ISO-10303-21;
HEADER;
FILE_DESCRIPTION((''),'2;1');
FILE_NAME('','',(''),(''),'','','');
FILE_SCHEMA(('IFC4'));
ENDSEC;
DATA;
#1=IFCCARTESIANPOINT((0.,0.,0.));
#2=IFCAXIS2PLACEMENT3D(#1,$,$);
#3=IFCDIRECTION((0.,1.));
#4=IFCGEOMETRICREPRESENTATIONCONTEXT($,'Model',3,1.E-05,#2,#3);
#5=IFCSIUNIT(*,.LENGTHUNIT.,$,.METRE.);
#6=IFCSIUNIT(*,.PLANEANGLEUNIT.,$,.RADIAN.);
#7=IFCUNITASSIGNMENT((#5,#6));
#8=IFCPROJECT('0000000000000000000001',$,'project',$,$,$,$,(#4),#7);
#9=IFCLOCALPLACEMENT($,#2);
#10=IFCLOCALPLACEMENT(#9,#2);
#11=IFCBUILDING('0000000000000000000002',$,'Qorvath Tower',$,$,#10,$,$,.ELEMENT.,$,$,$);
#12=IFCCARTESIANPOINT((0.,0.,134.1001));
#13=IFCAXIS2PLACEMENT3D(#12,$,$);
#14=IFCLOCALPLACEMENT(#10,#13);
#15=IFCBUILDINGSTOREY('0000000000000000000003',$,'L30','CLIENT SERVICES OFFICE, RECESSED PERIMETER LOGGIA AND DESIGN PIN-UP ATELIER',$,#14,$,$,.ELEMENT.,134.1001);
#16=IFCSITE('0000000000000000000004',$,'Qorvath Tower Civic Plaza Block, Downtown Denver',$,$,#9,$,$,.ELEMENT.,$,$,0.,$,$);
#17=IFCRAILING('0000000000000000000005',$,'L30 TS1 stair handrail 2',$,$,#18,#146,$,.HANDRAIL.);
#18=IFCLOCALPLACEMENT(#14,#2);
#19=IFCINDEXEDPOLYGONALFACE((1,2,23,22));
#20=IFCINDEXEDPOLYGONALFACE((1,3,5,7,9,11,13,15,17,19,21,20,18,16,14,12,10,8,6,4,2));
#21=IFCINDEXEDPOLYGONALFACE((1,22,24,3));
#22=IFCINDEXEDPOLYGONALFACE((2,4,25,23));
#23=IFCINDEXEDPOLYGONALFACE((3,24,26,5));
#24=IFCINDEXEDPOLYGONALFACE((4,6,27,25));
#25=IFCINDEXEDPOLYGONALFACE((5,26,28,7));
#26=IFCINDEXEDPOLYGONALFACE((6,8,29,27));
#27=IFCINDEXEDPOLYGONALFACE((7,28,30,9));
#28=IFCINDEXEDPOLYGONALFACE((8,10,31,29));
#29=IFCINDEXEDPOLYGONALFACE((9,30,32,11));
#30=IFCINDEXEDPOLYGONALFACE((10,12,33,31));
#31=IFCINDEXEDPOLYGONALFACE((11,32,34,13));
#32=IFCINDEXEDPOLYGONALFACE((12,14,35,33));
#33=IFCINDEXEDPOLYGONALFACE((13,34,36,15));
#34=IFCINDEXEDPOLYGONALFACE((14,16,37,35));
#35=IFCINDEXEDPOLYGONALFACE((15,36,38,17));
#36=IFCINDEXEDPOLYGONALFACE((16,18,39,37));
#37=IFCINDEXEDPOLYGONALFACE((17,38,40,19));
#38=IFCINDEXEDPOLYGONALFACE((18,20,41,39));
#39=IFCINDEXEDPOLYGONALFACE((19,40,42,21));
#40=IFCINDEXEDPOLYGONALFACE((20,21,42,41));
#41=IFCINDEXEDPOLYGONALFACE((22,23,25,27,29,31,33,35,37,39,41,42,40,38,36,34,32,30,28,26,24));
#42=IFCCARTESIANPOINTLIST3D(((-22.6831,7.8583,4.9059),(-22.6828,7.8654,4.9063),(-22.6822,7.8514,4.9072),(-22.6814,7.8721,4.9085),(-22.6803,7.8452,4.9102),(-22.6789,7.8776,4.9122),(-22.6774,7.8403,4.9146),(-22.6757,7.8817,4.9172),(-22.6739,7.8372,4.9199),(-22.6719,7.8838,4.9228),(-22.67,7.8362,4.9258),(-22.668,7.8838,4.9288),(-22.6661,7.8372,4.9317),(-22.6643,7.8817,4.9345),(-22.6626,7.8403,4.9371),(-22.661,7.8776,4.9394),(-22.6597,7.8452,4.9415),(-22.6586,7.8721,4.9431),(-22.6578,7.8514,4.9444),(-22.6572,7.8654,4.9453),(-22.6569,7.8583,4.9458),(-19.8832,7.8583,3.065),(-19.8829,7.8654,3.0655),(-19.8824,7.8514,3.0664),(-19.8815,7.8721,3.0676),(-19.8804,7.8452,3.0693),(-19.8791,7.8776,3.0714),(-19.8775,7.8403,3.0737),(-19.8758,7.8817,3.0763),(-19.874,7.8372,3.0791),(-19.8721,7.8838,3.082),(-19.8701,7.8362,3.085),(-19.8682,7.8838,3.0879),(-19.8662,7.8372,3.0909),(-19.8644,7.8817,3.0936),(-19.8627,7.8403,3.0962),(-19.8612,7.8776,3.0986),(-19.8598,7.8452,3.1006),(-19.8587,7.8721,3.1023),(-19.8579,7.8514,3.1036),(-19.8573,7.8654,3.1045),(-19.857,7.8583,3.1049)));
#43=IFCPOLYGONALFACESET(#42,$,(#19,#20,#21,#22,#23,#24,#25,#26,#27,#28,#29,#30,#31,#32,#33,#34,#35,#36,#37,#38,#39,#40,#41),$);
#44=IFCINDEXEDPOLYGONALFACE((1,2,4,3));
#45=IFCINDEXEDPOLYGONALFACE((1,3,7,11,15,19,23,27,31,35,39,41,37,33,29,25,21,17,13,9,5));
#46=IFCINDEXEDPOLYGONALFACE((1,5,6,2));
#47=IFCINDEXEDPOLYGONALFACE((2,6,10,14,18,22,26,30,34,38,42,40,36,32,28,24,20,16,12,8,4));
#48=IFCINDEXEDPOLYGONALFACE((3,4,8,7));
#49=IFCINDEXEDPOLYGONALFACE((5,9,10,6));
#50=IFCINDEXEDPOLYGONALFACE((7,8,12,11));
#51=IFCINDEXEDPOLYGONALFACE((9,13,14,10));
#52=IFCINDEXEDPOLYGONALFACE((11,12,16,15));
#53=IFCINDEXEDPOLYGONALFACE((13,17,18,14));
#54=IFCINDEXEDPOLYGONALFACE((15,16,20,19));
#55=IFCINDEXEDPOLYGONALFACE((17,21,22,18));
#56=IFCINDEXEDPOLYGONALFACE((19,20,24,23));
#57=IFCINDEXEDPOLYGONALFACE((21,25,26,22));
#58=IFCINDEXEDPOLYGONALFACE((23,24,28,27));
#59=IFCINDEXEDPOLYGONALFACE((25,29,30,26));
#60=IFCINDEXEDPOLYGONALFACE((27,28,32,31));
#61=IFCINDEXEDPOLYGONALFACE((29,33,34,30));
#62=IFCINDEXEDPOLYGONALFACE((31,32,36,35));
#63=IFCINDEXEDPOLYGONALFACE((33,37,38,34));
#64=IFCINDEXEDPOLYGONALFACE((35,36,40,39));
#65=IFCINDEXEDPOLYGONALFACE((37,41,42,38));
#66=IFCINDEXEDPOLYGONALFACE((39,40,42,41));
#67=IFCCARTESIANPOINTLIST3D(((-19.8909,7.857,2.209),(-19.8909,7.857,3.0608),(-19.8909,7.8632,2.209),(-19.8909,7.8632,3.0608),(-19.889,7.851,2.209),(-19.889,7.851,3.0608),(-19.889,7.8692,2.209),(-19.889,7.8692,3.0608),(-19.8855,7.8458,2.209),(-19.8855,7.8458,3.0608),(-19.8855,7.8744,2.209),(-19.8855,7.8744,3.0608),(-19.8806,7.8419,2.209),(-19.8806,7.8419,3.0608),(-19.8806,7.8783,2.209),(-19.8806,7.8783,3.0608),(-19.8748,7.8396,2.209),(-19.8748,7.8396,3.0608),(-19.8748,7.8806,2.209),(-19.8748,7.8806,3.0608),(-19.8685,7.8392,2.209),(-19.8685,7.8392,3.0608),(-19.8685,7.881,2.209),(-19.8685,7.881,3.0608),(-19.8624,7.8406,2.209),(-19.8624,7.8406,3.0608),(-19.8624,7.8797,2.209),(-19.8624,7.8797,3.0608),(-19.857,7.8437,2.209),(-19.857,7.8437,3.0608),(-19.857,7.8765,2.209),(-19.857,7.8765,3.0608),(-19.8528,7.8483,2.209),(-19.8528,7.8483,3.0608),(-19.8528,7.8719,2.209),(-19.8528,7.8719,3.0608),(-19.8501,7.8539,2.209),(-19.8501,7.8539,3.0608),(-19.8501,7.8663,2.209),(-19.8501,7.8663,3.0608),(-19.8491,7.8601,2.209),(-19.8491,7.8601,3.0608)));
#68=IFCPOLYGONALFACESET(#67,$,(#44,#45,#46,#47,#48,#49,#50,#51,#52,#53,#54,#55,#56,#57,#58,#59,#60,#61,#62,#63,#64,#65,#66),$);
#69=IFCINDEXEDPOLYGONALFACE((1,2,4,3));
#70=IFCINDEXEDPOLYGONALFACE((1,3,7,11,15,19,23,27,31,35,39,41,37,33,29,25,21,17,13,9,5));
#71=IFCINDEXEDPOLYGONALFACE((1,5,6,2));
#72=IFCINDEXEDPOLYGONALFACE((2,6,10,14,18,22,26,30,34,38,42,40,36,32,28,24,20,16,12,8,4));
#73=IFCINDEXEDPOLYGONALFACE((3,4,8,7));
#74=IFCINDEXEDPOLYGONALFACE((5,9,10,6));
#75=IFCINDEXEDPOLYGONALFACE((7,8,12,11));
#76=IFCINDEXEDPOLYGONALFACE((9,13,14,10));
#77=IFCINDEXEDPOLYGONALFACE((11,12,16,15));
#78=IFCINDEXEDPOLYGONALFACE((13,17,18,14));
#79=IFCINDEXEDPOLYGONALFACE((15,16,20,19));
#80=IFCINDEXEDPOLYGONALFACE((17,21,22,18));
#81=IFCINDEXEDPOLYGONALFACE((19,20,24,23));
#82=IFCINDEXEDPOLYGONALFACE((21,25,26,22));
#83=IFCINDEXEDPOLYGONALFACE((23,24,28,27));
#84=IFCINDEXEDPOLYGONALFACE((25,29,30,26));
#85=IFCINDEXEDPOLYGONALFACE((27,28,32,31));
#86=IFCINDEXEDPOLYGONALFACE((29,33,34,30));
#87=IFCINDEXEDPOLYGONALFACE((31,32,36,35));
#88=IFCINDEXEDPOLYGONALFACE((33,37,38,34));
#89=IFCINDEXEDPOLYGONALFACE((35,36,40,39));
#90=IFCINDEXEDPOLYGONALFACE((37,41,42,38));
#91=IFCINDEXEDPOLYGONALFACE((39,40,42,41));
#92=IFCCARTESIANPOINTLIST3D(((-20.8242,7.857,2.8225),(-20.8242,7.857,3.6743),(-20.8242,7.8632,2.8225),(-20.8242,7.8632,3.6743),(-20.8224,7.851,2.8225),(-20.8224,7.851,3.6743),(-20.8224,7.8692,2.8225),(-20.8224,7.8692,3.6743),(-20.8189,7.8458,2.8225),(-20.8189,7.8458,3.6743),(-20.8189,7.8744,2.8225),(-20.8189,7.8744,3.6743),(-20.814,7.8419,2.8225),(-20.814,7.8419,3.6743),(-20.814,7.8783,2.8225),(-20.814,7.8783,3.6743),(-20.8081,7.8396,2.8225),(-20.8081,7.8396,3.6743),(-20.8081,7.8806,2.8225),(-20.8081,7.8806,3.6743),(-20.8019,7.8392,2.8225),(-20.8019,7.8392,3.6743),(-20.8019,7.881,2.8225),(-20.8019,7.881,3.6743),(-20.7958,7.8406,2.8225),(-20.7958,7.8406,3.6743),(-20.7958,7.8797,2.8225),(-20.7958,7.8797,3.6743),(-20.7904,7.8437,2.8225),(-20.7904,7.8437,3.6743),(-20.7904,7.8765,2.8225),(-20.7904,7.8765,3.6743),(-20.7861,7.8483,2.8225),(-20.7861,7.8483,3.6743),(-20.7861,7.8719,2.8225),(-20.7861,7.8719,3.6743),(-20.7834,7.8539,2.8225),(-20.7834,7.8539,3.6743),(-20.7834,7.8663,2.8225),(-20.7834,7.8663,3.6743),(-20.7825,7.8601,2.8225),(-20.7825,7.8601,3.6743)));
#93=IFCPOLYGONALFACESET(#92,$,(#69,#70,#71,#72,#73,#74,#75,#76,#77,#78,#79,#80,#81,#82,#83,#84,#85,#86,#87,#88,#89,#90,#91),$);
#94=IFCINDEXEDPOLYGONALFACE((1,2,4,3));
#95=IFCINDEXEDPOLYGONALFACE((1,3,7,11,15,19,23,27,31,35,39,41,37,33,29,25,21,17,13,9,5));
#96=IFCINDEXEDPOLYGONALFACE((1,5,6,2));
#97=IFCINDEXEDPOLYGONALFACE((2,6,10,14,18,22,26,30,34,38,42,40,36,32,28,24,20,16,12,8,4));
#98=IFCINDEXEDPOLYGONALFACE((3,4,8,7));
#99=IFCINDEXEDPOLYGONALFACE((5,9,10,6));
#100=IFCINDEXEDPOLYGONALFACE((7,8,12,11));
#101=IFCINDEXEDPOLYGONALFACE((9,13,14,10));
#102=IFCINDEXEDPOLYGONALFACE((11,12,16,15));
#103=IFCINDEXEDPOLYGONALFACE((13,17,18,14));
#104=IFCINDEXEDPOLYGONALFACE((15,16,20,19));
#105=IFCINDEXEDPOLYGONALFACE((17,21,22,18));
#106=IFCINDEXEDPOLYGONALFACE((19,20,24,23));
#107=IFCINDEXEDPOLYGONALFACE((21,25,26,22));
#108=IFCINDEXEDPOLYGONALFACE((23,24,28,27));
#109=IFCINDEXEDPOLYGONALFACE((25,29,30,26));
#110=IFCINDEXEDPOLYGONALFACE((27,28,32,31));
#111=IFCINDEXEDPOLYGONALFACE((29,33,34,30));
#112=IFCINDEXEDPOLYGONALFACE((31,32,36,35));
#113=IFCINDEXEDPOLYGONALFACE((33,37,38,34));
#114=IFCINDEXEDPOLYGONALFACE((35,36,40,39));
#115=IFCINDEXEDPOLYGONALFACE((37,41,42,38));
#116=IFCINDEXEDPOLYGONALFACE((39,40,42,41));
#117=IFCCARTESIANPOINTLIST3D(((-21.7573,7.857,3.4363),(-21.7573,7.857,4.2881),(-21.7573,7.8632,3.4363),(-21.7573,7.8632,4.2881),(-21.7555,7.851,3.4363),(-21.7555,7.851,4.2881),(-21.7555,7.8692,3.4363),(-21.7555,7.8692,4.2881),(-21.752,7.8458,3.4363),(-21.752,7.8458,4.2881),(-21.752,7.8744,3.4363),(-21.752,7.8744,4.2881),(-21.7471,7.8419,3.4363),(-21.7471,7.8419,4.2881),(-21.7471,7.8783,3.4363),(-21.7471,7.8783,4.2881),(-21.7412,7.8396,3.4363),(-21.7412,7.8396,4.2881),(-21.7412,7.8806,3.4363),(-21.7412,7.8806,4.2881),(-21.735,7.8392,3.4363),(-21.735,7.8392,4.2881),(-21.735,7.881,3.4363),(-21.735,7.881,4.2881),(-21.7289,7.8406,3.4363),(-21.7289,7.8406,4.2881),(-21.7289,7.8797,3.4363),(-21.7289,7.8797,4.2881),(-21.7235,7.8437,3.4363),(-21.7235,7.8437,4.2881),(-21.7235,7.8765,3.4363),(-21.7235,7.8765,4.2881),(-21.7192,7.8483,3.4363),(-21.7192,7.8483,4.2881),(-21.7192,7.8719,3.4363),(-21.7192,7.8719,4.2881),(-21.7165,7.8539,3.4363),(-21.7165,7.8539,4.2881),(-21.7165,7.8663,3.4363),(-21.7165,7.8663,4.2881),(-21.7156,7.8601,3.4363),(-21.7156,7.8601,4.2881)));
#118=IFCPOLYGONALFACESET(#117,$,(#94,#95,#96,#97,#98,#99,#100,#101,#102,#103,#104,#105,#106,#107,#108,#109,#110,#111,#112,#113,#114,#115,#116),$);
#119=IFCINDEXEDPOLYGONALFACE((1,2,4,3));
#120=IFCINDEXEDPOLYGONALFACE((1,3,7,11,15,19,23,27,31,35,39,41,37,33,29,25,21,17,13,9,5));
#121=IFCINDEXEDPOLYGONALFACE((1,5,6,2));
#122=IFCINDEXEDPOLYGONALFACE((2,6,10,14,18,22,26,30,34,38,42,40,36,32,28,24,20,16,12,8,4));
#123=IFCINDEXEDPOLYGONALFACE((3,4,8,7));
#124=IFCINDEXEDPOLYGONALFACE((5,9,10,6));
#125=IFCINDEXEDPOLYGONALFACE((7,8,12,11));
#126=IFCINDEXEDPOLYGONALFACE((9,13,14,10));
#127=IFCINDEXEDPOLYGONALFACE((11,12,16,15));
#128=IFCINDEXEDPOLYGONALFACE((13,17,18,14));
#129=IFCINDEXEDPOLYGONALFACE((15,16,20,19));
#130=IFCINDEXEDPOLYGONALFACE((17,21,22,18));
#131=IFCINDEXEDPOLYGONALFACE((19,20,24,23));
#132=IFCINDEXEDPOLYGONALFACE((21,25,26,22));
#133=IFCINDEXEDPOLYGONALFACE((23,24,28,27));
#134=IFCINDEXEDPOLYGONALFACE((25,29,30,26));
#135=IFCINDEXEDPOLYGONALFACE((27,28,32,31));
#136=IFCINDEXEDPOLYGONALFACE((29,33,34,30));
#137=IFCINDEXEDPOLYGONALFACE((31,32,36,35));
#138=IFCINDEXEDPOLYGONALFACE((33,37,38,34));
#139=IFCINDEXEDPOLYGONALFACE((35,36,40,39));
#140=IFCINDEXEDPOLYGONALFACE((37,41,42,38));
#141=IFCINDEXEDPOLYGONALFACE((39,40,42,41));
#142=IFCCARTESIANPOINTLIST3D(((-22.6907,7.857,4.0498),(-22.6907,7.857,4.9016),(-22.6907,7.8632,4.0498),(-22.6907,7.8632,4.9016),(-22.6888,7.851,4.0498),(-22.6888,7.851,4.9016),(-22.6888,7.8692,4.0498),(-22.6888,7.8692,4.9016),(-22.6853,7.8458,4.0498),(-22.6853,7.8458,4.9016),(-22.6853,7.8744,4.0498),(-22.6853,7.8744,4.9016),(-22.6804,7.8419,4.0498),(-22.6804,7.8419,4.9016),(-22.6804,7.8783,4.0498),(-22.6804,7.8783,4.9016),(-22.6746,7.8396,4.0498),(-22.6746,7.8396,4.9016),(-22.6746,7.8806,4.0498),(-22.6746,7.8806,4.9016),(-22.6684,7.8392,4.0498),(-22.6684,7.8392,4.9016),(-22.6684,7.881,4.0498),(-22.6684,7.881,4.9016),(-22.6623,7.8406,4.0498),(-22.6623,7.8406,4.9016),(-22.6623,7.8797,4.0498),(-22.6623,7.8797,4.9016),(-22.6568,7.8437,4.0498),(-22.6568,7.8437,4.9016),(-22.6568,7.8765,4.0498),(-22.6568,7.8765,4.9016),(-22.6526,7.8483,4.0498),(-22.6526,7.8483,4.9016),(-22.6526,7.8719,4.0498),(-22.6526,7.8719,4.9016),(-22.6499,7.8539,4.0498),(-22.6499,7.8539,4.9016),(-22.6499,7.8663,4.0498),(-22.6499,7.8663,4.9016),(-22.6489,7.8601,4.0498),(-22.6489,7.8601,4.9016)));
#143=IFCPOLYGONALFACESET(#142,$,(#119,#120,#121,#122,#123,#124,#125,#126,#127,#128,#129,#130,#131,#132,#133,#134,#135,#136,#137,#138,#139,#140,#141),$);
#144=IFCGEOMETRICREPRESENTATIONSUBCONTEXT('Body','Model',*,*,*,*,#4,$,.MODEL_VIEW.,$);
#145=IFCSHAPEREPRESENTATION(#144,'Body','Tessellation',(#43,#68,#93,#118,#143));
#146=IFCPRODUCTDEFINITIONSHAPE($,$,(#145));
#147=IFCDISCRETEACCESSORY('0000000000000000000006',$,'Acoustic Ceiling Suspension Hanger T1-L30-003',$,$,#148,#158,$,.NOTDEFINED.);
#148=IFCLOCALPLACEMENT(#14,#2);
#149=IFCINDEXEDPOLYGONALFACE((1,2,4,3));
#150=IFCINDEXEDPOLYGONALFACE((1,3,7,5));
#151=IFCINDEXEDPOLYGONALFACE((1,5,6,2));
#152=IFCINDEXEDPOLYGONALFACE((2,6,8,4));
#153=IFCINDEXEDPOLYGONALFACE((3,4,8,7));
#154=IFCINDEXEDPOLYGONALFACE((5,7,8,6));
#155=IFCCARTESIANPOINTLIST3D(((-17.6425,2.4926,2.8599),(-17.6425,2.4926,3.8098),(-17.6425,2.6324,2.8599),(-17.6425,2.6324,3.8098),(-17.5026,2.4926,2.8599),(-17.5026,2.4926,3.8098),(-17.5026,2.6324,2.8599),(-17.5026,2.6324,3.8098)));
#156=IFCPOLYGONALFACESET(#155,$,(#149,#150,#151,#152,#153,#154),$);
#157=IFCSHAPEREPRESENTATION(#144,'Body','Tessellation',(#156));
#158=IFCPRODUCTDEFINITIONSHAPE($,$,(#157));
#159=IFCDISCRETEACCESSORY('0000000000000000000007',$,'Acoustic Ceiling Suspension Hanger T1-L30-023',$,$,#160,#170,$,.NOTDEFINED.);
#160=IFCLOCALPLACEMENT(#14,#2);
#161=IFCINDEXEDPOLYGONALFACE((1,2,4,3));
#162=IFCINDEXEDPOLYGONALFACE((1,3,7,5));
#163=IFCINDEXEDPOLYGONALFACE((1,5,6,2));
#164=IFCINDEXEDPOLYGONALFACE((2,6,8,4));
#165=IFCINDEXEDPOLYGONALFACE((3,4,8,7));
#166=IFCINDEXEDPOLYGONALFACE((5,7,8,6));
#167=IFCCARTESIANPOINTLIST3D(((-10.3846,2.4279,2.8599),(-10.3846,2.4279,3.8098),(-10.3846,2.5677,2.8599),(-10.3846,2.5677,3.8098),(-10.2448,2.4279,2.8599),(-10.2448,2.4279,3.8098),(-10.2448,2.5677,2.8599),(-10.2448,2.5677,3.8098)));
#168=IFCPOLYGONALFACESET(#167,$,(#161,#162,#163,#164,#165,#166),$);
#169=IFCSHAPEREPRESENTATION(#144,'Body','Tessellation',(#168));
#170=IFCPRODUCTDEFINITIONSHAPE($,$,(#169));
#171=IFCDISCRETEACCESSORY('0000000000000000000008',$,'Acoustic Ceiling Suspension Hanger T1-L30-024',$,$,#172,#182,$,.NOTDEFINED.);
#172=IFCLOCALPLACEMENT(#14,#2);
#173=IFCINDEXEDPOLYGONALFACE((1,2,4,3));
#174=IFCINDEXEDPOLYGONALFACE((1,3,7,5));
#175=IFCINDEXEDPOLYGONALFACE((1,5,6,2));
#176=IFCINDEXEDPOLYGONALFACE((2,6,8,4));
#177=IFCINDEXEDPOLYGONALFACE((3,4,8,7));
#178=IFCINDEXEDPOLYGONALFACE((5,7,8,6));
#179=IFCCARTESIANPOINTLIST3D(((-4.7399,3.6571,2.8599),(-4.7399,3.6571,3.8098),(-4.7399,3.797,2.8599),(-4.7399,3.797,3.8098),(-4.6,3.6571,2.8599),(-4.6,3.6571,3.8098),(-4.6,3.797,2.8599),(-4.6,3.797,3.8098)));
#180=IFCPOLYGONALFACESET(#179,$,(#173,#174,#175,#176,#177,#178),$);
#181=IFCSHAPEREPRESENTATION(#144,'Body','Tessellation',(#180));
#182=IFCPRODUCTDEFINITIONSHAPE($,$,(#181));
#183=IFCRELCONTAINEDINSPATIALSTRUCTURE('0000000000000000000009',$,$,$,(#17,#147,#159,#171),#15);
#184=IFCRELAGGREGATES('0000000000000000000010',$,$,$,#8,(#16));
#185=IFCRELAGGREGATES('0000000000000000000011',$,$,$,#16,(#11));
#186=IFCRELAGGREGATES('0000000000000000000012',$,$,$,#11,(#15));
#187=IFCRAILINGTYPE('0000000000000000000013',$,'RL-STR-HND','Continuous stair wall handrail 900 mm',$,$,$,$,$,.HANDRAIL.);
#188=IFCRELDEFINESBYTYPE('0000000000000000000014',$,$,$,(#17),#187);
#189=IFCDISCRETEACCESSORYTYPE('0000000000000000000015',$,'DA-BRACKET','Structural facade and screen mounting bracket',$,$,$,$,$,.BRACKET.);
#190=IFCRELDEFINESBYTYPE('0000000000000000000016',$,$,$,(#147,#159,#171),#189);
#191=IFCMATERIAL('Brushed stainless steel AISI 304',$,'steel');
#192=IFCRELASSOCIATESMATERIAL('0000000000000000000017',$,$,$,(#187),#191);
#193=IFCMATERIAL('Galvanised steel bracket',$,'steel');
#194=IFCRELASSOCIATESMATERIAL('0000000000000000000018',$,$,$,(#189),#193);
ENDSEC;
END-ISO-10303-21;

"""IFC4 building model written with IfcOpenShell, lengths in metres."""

from ifc_helpers import new_model, si_unit, direction, frame, origin, origin_2d, place, context, subcontext, project, spatial, rectangle, circle, extrude, material, type_object, element, save


model = new_model("IFC4")

# Units and contexts
model_context = context("Model", 3, precision=1e-05, world=origin(), true_north=direction((0.0, 1.0)))
body_context = subcontext(model_context, "Body", "Model", "MODEL_VIEW")
ifc_project = project(units=[si_unit("LENGTHUNIT", "METRE"), si_unit("PLANEANGLEUNIT", "RADIAN")], contexts=[model_context])

# Site, building, storey
site_placement = place(None, origin())
site = spatial("IfcSite", under=ifc_project, at=site_placement, Name="Qorvath Tower Civic Plaza Block, Downtown Denver", CompositionType="ELEMENT", RefElevation=0.0)
building_placement = place(site_placement, origin())
building = spatial("IfcBuilding", under=site, at=building_placement, Name="Qorvath Tower", CompositionType="ELEMENT")
storey_placement = place(building_placement, frame((0.0, 0.0, 134.1001)))
storey = spatial("IfcBuildingStorey", under=building, at=storey_placement, Name="L30", Description="CLIENT SERVICES OFFICE, RECESSED PERIMETER LOGGIA AND DESIGN PIN-UP ATELIER", CompositionType="ELEMENT", Elevation=134.1001)

# Railing
ifc_material_1 = material(Name="Brushed stainless steel AISI 304", Category="steel")
railing_type_1 = type_object("IfcRailingType", Name="RL-STR-HND", Description="Continuous stair wall handrail 900 mm", PredefinedType="HANDRAIL", material=ifc_material_1)
railing_1_placement = place(storey_placement, frame((-19.8701, 7.8601, 2.209)))
element("IfcRailing", 1, at=railing_1_placement, inside=storey, type_object=railing_type_1, Name="L30 TS1 stair handrail 2", PredefinedType="HANDRAIL", context=body_context, shape_type="SweptSolid", body=[
    extrude(circle(Radius=0.0239, at=origin_2d()), frame((0.0, 0.0, 0.876), z_axis=(-0.835576, 0.0, 0.549376), x_axis=(0.0, -1.0, 0.0)), (0.0, 0.0, 1.0), 3.3508),
    extrude(circle(Radius=0.021, at=origin_2d()), origin(), (0.0, 0.0, 1.0), 0.8518),
    extrude(circle(Radius=0.021, at=origin_2d()), frame((-0.9333, 0.0, 0.6135)), (0.0, 0.0, 1.0), 0.8518),
    extrude(circle(Radius=0.021, at=origin_2d()), frame((-1.8665, 0.0, 1.2273)), (0.0, 0.0, 1.0), 0.8518),
    extrude(circle(Radius=0.021, at=origin_2d()), frame((-2.7998, 0.0, 1.8408)), (0.0, 0.0, 1.0), 0.8518),
])

# Discrete accessories
ifc_material_2 = material(Name="Galvanised steel bracket", Category="steel")
discrete_accessory_type = type_object("IfcDiscreteAccessoryType", Name="DA-BRACKET", Description="Structural facade and screen mounting bracket", PredefinedType="BRACKET", material=ifc_material_2)
for number, where, z_axis, x_axis, name in (
    (2, (-17.5725, 2.5625, 2.8599), (0.0, 0.0, 1.0), (1.0, 0.0, 0.0), "Acoustic Ceiling Suspension Hanger T1-L30-003"),
    (3, (-10.3147, 2.4978, 2.8599), (0.0, 0.0, 1.0), (1.0, 0.0, 0.0), "Acoustic Ceiling Suspension Hanger T1-L30-023"),
    (4, (-4.6699, 3.7271, 2.8599), (0.0, 0.0, 1.0), (1.0, 0.0, 0.0), "Acoustic Ceiling Suspension Hanger T1-L30-024"),
):
    element("IfcDiscreteAccessory", number, at=place(storey_placement, frame(where, z_axis=z_axis, x_axis=x_axis)), inside=storey, type_object=discrete_accessory_type, Name=name, PredefinedType="NOTDEFINED", context=body_context, shape_type="SweptSolid", body=[
        extrude(rectangle(XDim=0.1399, YDim=0.1399, at=origin_2d()), origin(), (0.0, 0.0, 1.0), 0.95),
    ])

save(model, "model.ifc")
